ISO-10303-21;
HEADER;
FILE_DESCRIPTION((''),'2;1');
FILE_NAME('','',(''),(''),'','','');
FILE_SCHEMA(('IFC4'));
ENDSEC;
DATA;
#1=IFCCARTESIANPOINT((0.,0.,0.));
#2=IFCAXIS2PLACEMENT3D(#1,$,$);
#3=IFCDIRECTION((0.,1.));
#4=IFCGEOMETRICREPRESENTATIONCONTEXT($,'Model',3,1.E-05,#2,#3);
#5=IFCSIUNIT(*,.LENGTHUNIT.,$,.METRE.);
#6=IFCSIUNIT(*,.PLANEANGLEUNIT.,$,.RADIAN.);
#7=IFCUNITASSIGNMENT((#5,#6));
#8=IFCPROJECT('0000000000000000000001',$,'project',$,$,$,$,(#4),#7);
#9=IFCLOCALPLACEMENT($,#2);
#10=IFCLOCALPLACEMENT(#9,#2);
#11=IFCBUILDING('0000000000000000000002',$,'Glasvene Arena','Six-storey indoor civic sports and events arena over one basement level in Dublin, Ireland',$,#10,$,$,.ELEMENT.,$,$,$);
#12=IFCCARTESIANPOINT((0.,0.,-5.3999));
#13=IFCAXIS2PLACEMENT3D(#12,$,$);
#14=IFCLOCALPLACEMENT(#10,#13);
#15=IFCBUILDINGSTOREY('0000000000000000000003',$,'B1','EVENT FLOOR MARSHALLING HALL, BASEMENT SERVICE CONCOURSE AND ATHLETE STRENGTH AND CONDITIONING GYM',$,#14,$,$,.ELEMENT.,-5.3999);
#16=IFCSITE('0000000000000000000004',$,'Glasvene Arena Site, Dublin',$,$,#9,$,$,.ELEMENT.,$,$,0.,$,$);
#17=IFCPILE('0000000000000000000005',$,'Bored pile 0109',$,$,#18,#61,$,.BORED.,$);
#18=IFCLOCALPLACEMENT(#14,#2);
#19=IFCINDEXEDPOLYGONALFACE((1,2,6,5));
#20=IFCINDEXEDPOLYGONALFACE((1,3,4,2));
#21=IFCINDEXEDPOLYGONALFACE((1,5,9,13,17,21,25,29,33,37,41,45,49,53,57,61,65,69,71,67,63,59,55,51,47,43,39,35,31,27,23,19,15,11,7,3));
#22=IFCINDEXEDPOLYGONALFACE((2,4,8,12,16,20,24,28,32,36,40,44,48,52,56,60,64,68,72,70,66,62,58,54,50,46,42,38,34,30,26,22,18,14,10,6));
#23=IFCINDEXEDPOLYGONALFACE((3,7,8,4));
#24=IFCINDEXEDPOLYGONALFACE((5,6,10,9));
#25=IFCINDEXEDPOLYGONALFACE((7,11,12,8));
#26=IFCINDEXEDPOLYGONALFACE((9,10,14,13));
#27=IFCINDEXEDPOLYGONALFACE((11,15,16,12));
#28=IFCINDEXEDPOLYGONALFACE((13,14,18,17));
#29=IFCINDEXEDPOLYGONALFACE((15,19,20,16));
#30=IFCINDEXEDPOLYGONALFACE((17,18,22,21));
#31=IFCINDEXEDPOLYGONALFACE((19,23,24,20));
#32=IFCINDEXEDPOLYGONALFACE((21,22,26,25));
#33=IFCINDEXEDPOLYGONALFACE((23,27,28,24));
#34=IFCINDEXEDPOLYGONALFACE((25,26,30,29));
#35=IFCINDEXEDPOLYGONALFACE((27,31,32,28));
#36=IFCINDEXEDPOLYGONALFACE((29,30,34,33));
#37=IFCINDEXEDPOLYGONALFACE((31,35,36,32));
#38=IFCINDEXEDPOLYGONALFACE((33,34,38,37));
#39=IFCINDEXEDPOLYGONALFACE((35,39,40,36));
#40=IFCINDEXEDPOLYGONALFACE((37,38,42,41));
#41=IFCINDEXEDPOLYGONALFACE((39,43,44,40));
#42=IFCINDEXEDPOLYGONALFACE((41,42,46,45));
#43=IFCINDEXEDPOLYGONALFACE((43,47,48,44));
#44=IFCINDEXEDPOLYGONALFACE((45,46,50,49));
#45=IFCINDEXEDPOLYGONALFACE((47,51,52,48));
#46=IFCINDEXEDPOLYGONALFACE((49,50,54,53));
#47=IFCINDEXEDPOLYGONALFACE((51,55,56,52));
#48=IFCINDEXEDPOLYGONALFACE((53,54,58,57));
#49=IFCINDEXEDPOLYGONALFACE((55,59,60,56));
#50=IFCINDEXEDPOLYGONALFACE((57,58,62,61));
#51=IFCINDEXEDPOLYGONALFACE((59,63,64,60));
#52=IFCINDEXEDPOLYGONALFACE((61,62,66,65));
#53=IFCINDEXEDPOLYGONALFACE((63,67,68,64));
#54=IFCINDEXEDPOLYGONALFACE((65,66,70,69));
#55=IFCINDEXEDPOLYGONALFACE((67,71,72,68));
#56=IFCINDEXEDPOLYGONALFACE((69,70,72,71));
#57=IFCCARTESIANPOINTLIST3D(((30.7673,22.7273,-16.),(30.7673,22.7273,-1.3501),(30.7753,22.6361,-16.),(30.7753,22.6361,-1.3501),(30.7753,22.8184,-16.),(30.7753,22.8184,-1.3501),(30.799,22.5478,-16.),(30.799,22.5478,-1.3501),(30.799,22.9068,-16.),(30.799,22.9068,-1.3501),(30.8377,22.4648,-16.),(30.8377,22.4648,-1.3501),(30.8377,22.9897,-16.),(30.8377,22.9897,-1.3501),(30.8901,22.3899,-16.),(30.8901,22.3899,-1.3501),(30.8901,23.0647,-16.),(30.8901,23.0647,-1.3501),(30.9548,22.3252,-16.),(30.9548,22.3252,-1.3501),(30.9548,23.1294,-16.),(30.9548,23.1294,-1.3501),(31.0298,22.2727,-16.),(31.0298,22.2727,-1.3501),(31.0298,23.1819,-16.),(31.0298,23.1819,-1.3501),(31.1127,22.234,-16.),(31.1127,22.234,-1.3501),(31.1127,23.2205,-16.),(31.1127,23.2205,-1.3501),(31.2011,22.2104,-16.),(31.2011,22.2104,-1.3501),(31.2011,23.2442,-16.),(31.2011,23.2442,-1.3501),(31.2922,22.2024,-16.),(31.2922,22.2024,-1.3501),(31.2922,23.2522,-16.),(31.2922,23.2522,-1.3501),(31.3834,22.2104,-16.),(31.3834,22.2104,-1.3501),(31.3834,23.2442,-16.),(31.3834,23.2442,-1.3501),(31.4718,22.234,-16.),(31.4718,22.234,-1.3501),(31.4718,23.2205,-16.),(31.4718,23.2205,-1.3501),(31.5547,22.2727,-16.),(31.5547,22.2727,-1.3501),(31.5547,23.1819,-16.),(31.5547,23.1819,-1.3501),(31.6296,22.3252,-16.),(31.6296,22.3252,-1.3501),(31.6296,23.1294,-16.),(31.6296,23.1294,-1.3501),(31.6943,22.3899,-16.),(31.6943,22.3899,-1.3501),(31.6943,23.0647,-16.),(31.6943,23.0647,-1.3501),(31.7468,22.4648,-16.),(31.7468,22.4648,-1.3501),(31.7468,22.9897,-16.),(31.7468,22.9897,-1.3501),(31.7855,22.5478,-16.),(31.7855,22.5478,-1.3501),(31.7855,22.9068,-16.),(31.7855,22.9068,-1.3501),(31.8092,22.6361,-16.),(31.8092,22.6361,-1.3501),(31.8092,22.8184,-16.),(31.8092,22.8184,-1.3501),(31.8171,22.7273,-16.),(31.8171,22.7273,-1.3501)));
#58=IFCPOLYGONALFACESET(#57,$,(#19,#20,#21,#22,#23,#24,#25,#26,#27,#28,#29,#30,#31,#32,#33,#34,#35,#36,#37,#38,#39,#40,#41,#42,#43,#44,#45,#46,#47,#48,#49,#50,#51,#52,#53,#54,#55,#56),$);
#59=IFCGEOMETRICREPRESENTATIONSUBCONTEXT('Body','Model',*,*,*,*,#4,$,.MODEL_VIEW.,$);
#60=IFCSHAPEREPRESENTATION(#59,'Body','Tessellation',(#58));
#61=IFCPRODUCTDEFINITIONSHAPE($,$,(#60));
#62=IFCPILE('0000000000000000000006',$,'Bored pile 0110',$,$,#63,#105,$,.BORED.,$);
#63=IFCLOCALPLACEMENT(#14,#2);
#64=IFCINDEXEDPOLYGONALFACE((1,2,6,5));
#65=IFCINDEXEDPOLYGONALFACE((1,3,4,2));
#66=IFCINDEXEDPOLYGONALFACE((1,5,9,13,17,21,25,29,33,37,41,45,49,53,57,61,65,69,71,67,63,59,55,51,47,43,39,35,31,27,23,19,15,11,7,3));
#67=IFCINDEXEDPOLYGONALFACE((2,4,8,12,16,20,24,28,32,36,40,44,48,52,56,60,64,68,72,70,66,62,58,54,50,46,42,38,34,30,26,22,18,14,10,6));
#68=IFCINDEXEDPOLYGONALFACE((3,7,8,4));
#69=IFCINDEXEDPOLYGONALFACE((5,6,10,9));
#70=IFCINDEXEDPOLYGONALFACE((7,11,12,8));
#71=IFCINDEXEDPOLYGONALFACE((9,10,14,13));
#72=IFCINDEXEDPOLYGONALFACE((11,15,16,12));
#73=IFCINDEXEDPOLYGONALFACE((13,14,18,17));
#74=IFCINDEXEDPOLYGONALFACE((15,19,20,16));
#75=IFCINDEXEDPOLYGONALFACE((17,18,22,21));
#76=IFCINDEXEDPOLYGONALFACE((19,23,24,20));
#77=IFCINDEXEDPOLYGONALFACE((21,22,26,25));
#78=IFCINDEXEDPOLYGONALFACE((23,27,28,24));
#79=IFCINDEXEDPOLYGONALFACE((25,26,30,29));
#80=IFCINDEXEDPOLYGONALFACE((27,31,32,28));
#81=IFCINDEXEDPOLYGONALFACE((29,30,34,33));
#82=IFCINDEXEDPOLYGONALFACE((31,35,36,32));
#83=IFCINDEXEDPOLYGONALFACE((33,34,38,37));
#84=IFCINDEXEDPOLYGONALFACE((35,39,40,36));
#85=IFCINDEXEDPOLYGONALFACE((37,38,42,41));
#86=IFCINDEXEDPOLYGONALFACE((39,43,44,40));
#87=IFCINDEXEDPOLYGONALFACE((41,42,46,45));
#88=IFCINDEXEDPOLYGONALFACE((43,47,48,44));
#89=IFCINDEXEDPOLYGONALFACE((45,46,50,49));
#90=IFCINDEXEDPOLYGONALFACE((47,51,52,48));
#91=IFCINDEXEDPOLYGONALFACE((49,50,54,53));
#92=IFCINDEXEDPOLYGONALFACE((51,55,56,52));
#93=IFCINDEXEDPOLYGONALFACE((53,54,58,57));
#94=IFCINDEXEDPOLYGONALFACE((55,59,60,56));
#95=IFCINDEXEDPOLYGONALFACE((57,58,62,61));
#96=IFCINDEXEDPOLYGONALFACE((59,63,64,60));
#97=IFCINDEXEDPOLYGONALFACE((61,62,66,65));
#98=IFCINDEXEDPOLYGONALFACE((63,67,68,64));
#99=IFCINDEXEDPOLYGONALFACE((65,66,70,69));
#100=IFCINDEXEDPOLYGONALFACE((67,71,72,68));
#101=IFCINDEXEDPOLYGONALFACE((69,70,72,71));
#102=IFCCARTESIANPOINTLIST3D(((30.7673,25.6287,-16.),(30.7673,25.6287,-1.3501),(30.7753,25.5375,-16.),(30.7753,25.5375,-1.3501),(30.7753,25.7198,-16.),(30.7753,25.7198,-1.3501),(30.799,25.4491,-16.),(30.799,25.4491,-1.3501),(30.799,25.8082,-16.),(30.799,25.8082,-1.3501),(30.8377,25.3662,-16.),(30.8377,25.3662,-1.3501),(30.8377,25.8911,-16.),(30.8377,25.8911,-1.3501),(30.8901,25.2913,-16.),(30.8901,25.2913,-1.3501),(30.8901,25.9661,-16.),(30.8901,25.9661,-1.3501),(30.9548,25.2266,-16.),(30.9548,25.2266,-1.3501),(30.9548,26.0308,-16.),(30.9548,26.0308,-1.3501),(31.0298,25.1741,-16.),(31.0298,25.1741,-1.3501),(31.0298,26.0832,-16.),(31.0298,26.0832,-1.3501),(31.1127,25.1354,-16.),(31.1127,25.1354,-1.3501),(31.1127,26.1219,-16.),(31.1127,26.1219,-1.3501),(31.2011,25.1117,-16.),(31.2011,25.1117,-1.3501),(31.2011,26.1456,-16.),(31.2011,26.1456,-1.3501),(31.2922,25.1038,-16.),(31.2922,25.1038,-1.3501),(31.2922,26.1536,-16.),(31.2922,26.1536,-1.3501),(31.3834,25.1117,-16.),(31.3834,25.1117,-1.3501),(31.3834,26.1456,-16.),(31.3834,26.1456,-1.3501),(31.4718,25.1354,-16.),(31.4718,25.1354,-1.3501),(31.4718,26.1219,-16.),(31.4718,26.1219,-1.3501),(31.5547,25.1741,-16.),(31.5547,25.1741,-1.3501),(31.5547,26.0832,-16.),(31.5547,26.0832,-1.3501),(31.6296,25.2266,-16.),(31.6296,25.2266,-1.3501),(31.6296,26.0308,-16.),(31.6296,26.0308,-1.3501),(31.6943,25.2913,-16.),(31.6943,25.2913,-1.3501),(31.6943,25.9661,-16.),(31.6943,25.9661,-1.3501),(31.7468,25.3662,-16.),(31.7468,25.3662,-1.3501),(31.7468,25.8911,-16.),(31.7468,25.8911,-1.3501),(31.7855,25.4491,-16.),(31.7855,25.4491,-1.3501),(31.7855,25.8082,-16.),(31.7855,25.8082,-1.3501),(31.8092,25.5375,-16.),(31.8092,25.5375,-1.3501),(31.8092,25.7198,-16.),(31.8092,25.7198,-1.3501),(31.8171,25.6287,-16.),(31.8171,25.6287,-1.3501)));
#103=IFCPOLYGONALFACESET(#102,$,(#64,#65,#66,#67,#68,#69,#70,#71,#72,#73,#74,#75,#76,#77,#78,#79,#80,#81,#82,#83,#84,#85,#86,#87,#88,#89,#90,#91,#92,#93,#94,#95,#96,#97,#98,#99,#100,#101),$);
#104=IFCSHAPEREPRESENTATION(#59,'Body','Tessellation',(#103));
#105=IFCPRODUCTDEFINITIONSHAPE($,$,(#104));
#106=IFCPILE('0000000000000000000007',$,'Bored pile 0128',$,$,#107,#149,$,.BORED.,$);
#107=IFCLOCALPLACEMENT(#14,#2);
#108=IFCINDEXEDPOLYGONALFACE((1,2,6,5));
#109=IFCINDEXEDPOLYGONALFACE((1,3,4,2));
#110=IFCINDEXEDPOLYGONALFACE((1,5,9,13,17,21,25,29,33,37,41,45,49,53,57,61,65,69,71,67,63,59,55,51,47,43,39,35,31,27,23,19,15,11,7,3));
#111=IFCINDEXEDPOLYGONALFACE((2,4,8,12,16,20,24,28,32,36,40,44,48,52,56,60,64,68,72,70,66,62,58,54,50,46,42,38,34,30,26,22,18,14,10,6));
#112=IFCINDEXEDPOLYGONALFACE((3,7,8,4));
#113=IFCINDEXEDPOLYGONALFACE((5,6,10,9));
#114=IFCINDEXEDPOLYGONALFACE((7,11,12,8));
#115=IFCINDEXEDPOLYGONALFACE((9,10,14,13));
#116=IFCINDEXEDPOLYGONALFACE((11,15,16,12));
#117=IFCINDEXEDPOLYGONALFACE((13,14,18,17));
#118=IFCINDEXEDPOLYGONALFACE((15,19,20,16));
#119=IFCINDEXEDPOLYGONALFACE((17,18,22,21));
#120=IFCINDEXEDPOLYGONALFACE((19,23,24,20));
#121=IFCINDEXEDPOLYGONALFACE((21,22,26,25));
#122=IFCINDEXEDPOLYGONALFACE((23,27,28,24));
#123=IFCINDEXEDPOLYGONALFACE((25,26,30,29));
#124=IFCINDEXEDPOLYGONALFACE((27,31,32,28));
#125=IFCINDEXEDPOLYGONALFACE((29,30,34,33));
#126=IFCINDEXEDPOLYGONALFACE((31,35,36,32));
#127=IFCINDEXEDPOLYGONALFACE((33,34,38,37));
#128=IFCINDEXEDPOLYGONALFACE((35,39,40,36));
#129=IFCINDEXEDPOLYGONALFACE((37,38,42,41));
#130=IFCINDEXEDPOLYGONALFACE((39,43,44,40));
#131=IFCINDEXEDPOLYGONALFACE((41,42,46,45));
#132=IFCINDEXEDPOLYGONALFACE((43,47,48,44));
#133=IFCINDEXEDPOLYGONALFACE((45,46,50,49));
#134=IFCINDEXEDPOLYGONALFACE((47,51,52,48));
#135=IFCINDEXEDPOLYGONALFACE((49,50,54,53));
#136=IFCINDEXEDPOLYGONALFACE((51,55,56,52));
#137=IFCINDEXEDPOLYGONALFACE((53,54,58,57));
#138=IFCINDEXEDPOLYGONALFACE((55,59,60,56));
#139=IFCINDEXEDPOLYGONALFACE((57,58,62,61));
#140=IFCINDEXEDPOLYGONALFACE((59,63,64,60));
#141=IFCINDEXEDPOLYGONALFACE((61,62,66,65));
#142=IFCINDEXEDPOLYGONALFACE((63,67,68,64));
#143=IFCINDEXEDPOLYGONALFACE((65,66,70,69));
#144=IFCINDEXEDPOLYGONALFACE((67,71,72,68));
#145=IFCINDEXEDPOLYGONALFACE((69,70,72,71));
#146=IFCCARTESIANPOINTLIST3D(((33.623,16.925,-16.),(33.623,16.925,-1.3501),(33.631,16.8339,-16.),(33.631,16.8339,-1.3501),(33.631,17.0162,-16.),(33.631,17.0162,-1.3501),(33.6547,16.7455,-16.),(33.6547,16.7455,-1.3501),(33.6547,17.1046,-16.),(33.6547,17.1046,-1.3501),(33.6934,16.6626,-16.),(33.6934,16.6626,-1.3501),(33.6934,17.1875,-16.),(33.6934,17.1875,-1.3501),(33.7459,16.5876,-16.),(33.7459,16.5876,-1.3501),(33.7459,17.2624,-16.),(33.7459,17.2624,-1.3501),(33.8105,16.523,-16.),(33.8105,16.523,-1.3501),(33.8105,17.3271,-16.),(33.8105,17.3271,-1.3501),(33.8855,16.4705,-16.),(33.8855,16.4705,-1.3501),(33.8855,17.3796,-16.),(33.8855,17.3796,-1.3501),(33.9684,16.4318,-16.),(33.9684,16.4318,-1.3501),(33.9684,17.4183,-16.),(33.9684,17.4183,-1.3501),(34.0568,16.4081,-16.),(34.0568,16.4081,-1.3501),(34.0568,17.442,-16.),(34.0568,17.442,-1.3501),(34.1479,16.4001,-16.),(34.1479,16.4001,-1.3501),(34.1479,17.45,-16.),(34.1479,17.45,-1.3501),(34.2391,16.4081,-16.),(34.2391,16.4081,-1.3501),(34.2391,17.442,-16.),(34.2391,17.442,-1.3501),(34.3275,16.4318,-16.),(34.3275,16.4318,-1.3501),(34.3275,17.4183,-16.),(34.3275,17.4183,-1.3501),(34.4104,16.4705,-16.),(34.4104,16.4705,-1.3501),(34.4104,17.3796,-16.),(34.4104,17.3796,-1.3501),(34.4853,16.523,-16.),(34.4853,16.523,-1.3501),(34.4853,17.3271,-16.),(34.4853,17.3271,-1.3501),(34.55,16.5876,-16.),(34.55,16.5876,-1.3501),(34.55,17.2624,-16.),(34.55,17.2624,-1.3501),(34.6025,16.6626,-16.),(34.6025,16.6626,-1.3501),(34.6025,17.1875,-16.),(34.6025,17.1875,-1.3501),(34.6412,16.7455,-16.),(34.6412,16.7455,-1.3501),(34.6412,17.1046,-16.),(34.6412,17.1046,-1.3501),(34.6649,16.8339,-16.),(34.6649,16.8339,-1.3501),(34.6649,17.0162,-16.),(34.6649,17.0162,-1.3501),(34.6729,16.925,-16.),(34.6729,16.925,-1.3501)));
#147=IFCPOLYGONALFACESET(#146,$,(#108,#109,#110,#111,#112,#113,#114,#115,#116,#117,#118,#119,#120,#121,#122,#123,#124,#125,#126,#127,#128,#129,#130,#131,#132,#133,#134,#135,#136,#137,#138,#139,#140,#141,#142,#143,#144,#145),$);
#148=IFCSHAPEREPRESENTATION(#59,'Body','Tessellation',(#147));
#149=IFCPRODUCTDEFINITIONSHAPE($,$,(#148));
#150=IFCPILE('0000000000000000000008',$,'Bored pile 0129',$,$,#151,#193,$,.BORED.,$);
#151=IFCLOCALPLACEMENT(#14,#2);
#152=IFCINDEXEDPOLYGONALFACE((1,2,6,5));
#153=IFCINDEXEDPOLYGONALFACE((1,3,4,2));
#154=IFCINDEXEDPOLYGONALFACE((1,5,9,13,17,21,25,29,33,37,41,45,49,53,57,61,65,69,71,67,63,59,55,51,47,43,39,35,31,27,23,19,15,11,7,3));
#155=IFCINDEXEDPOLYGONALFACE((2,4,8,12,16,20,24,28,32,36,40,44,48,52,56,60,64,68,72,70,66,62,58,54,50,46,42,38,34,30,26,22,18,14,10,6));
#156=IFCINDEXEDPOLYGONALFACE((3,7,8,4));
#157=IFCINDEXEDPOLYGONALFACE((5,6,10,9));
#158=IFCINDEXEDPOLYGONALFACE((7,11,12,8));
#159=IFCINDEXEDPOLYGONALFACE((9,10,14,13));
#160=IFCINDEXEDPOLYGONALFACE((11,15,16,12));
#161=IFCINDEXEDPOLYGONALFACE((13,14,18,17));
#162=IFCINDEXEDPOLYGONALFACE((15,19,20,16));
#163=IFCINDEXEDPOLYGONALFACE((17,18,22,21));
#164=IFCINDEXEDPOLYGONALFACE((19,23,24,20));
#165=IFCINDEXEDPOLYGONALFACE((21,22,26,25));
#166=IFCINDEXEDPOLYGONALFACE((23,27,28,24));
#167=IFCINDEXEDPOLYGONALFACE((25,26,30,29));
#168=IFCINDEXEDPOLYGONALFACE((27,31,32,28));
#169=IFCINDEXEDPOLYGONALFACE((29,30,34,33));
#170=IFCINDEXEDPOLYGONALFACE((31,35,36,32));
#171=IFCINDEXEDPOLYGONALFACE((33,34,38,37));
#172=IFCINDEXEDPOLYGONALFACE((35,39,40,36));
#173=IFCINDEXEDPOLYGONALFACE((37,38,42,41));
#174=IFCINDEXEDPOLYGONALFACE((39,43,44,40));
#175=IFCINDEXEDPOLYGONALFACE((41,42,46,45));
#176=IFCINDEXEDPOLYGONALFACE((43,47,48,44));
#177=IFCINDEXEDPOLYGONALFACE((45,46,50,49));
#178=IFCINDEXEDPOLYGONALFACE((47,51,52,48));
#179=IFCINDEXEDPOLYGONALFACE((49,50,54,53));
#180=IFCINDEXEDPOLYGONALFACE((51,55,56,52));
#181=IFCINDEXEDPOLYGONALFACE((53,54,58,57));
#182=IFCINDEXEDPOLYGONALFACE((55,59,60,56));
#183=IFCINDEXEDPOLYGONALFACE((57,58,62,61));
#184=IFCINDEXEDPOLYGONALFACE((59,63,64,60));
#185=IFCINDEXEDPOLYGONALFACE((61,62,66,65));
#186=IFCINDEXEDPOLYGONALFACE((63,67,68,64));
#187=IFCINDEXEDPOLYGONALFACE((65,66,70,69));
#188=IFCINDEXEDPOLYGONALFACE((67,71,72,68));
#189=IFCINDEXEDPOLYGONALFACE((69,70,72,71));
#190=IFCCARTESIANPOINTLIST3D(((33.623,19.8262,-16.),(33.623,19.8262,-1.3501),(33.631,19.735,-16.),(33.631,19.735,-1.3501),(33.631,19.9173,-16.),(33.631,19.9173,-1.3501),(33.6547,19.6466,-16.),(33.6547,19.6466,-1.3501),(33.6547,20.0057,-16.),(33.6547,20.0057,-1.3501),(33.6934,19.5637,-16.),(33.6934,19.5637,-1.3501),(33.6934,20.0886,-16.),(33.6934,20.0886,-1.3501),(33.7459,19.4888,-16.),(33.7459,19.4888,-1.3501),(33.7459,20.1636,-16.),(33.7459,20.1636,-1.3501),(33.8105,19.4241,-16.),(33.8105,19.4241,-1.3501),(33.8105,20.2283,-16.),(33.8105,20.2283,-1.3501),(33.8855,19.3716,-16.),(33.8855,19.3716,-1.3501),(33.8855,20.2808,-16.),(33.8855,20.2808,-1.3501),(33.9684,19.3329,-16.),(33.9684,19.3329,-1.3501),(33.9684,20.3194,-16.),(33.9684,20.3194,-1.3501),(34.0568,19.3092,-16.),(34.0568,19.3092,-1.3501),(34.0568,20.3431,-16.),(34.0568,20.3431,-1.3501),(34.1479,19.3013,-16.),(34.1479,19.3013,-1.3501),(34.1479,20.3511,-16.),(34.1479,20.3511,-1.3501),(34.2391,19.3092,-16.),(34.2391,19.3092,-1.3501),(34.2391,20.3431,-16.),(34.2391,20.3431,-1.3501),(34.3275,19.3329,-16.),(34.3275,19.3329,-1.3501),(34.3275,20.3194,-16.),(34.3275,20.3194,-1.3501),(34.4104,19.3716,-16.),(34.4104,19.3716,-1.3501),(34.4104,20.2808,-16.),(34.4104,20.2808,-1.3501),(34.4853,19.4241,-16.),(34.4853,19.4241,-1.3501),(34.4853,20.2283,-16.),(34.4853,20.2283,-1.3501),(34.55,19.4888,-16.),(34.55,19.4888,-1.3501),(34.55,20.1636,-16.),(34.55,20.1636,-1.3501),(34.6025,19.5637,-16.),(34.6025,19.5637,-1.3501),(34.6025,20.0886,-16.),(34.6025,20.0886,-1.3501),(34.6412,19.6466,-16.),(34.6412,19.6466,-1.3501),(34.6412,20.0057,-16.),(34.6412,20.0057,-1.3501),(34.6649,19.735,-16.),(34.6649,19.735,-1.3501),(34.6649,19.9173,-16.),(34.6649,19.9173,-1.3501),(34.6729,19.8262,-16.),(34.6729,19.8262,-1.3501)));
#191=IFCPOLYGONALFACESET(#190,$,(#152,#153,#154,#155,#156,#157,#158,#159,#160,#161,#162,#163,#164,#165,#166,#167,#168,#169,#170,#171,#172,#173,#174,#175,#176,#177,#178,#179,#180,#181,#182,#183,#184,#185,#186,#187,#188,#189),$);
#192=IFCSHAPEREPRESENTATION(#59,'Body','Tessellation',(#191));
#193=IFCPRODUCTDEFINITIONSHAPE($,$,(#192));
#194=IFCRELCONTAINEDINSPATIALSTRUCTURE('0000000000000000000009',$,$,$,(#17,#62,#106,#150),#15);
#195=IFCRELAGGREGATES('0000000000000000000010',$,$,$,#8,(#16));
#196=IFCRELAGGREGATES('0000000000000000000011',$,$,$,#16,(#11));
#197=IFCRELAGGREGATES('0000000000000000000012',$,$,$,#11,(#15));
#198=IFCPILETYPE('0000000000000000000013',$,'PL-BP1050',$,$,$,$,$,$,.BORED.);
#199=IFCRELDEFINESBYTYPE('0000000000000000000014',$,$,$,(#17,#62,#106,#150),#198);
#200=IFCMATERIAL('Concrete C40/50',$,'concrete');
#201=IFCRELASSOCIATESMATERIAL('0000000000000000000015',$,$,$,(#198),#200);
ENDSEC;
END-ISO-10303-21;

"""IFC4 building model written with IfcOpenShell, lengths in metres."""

from ifc_helpers import new_model, si_unit, direction, frame, origin, origin_2d, place, context, subcontext, project, spatial, circle, extrude, material, material_profile, profile_set, type_object, element, save


model = new_model("IFC4")

# Units and contexts
model_context = context("Model", 3, precision=1e-05, world=origin(), true_north=direction((0.0, 1.0)))
body_context = subcontext(model_context, "Body", "Model", "MODEL_VIEW")
ifc_project = project(units=[si_unit("LENGTHUNIT", "METRE"), si_unit("PLANEANGLEUNIT", "RADIAN")], contexts=[model_context])

# Site, building, storey
site_placement = place(None, origin())
site = spatial("IfcSite", under=ifc_project, at=site_placement, Name="Glasvene Arena Site, Dublin", CompositionType="ELEMENT", RefElevation=0.0)
building_placement = place(site_placement, origin())
building = spatial("IfcBuilding", under=site, at=building_placement, Name="Glasvene Arena", Description="Six-storey indoor civic sports and events arena over one basement level in Dublin, Ireland", CompositionType="ELEMENT")
storey_placement = place(building_placement, frame((0.0, 0.0, -5.3999)))
storey = spatial("IfcBuildingStorey", under=building, at=storey_placement, Name="B1", Description="EVENT FLOOR MARSHALLING HALL, BASEMENT SERVICE CONCOURSE AND ATHLETE STRENGTH AND CONDITIONING GYM", CompositionType="ELEMENT", Elevation=-5.3999)

# Piles
ifc_material_1 = material(Name="Concrete C40/50", Category="concrete")
ifc_material_profile_1 = material_profile(ifc_material_1, circle(Radius=0.5249, at=origin_2d()), Name="BORED PILE 1050")
ifc_profile_set_1 = profile_set([ifc_material_profile_1], Name="Concrete C40/50")
pile_type = type_object("IfcPileType", Name="PL-BP1050", PredefinedType="BORED", material=ifc_profile_set_1)
for number, where, z_axis, x_axis, name in (
    (1, (31.2922, 22.7273, -1.3501), (0.0, 0.0, -1.0), (1.0, 0.0, 0.0), "Bored pile 0109"),
    (2, (31.2922, 25.6287, -1.3501), (0.0, 0.0, -1.0), (1.0, 0.0, 0.0), "Bored pile 0110"),
    (3, (34.1479, 16.925, -1.3501), (0.0, 0.0, -1.0), (1.0, 0.0, 0.0), "Bored pile 0128"),
    (4, (34.1479, 19.8262, -1.3501), (0.0, 0.0, -1.0), (1.0, 0.0, 0.0), "Bored pile 0129"),
):
    element("IfcPile", number, at=place(storey_placement, frame(where, z_axis=z_axis, x_axis=x_axis)), inside=storey, type_object=pile_type, Name=name, PredefinedType="BORED", context=body_context, shape_type="SweptSolid", body=[
        extrude(circle(Radius=0.5249, at=origin_2d()), origin(), (0.0, 0.0, 1.0), 14.6499),
    ])

save(model, "model.ifc")
